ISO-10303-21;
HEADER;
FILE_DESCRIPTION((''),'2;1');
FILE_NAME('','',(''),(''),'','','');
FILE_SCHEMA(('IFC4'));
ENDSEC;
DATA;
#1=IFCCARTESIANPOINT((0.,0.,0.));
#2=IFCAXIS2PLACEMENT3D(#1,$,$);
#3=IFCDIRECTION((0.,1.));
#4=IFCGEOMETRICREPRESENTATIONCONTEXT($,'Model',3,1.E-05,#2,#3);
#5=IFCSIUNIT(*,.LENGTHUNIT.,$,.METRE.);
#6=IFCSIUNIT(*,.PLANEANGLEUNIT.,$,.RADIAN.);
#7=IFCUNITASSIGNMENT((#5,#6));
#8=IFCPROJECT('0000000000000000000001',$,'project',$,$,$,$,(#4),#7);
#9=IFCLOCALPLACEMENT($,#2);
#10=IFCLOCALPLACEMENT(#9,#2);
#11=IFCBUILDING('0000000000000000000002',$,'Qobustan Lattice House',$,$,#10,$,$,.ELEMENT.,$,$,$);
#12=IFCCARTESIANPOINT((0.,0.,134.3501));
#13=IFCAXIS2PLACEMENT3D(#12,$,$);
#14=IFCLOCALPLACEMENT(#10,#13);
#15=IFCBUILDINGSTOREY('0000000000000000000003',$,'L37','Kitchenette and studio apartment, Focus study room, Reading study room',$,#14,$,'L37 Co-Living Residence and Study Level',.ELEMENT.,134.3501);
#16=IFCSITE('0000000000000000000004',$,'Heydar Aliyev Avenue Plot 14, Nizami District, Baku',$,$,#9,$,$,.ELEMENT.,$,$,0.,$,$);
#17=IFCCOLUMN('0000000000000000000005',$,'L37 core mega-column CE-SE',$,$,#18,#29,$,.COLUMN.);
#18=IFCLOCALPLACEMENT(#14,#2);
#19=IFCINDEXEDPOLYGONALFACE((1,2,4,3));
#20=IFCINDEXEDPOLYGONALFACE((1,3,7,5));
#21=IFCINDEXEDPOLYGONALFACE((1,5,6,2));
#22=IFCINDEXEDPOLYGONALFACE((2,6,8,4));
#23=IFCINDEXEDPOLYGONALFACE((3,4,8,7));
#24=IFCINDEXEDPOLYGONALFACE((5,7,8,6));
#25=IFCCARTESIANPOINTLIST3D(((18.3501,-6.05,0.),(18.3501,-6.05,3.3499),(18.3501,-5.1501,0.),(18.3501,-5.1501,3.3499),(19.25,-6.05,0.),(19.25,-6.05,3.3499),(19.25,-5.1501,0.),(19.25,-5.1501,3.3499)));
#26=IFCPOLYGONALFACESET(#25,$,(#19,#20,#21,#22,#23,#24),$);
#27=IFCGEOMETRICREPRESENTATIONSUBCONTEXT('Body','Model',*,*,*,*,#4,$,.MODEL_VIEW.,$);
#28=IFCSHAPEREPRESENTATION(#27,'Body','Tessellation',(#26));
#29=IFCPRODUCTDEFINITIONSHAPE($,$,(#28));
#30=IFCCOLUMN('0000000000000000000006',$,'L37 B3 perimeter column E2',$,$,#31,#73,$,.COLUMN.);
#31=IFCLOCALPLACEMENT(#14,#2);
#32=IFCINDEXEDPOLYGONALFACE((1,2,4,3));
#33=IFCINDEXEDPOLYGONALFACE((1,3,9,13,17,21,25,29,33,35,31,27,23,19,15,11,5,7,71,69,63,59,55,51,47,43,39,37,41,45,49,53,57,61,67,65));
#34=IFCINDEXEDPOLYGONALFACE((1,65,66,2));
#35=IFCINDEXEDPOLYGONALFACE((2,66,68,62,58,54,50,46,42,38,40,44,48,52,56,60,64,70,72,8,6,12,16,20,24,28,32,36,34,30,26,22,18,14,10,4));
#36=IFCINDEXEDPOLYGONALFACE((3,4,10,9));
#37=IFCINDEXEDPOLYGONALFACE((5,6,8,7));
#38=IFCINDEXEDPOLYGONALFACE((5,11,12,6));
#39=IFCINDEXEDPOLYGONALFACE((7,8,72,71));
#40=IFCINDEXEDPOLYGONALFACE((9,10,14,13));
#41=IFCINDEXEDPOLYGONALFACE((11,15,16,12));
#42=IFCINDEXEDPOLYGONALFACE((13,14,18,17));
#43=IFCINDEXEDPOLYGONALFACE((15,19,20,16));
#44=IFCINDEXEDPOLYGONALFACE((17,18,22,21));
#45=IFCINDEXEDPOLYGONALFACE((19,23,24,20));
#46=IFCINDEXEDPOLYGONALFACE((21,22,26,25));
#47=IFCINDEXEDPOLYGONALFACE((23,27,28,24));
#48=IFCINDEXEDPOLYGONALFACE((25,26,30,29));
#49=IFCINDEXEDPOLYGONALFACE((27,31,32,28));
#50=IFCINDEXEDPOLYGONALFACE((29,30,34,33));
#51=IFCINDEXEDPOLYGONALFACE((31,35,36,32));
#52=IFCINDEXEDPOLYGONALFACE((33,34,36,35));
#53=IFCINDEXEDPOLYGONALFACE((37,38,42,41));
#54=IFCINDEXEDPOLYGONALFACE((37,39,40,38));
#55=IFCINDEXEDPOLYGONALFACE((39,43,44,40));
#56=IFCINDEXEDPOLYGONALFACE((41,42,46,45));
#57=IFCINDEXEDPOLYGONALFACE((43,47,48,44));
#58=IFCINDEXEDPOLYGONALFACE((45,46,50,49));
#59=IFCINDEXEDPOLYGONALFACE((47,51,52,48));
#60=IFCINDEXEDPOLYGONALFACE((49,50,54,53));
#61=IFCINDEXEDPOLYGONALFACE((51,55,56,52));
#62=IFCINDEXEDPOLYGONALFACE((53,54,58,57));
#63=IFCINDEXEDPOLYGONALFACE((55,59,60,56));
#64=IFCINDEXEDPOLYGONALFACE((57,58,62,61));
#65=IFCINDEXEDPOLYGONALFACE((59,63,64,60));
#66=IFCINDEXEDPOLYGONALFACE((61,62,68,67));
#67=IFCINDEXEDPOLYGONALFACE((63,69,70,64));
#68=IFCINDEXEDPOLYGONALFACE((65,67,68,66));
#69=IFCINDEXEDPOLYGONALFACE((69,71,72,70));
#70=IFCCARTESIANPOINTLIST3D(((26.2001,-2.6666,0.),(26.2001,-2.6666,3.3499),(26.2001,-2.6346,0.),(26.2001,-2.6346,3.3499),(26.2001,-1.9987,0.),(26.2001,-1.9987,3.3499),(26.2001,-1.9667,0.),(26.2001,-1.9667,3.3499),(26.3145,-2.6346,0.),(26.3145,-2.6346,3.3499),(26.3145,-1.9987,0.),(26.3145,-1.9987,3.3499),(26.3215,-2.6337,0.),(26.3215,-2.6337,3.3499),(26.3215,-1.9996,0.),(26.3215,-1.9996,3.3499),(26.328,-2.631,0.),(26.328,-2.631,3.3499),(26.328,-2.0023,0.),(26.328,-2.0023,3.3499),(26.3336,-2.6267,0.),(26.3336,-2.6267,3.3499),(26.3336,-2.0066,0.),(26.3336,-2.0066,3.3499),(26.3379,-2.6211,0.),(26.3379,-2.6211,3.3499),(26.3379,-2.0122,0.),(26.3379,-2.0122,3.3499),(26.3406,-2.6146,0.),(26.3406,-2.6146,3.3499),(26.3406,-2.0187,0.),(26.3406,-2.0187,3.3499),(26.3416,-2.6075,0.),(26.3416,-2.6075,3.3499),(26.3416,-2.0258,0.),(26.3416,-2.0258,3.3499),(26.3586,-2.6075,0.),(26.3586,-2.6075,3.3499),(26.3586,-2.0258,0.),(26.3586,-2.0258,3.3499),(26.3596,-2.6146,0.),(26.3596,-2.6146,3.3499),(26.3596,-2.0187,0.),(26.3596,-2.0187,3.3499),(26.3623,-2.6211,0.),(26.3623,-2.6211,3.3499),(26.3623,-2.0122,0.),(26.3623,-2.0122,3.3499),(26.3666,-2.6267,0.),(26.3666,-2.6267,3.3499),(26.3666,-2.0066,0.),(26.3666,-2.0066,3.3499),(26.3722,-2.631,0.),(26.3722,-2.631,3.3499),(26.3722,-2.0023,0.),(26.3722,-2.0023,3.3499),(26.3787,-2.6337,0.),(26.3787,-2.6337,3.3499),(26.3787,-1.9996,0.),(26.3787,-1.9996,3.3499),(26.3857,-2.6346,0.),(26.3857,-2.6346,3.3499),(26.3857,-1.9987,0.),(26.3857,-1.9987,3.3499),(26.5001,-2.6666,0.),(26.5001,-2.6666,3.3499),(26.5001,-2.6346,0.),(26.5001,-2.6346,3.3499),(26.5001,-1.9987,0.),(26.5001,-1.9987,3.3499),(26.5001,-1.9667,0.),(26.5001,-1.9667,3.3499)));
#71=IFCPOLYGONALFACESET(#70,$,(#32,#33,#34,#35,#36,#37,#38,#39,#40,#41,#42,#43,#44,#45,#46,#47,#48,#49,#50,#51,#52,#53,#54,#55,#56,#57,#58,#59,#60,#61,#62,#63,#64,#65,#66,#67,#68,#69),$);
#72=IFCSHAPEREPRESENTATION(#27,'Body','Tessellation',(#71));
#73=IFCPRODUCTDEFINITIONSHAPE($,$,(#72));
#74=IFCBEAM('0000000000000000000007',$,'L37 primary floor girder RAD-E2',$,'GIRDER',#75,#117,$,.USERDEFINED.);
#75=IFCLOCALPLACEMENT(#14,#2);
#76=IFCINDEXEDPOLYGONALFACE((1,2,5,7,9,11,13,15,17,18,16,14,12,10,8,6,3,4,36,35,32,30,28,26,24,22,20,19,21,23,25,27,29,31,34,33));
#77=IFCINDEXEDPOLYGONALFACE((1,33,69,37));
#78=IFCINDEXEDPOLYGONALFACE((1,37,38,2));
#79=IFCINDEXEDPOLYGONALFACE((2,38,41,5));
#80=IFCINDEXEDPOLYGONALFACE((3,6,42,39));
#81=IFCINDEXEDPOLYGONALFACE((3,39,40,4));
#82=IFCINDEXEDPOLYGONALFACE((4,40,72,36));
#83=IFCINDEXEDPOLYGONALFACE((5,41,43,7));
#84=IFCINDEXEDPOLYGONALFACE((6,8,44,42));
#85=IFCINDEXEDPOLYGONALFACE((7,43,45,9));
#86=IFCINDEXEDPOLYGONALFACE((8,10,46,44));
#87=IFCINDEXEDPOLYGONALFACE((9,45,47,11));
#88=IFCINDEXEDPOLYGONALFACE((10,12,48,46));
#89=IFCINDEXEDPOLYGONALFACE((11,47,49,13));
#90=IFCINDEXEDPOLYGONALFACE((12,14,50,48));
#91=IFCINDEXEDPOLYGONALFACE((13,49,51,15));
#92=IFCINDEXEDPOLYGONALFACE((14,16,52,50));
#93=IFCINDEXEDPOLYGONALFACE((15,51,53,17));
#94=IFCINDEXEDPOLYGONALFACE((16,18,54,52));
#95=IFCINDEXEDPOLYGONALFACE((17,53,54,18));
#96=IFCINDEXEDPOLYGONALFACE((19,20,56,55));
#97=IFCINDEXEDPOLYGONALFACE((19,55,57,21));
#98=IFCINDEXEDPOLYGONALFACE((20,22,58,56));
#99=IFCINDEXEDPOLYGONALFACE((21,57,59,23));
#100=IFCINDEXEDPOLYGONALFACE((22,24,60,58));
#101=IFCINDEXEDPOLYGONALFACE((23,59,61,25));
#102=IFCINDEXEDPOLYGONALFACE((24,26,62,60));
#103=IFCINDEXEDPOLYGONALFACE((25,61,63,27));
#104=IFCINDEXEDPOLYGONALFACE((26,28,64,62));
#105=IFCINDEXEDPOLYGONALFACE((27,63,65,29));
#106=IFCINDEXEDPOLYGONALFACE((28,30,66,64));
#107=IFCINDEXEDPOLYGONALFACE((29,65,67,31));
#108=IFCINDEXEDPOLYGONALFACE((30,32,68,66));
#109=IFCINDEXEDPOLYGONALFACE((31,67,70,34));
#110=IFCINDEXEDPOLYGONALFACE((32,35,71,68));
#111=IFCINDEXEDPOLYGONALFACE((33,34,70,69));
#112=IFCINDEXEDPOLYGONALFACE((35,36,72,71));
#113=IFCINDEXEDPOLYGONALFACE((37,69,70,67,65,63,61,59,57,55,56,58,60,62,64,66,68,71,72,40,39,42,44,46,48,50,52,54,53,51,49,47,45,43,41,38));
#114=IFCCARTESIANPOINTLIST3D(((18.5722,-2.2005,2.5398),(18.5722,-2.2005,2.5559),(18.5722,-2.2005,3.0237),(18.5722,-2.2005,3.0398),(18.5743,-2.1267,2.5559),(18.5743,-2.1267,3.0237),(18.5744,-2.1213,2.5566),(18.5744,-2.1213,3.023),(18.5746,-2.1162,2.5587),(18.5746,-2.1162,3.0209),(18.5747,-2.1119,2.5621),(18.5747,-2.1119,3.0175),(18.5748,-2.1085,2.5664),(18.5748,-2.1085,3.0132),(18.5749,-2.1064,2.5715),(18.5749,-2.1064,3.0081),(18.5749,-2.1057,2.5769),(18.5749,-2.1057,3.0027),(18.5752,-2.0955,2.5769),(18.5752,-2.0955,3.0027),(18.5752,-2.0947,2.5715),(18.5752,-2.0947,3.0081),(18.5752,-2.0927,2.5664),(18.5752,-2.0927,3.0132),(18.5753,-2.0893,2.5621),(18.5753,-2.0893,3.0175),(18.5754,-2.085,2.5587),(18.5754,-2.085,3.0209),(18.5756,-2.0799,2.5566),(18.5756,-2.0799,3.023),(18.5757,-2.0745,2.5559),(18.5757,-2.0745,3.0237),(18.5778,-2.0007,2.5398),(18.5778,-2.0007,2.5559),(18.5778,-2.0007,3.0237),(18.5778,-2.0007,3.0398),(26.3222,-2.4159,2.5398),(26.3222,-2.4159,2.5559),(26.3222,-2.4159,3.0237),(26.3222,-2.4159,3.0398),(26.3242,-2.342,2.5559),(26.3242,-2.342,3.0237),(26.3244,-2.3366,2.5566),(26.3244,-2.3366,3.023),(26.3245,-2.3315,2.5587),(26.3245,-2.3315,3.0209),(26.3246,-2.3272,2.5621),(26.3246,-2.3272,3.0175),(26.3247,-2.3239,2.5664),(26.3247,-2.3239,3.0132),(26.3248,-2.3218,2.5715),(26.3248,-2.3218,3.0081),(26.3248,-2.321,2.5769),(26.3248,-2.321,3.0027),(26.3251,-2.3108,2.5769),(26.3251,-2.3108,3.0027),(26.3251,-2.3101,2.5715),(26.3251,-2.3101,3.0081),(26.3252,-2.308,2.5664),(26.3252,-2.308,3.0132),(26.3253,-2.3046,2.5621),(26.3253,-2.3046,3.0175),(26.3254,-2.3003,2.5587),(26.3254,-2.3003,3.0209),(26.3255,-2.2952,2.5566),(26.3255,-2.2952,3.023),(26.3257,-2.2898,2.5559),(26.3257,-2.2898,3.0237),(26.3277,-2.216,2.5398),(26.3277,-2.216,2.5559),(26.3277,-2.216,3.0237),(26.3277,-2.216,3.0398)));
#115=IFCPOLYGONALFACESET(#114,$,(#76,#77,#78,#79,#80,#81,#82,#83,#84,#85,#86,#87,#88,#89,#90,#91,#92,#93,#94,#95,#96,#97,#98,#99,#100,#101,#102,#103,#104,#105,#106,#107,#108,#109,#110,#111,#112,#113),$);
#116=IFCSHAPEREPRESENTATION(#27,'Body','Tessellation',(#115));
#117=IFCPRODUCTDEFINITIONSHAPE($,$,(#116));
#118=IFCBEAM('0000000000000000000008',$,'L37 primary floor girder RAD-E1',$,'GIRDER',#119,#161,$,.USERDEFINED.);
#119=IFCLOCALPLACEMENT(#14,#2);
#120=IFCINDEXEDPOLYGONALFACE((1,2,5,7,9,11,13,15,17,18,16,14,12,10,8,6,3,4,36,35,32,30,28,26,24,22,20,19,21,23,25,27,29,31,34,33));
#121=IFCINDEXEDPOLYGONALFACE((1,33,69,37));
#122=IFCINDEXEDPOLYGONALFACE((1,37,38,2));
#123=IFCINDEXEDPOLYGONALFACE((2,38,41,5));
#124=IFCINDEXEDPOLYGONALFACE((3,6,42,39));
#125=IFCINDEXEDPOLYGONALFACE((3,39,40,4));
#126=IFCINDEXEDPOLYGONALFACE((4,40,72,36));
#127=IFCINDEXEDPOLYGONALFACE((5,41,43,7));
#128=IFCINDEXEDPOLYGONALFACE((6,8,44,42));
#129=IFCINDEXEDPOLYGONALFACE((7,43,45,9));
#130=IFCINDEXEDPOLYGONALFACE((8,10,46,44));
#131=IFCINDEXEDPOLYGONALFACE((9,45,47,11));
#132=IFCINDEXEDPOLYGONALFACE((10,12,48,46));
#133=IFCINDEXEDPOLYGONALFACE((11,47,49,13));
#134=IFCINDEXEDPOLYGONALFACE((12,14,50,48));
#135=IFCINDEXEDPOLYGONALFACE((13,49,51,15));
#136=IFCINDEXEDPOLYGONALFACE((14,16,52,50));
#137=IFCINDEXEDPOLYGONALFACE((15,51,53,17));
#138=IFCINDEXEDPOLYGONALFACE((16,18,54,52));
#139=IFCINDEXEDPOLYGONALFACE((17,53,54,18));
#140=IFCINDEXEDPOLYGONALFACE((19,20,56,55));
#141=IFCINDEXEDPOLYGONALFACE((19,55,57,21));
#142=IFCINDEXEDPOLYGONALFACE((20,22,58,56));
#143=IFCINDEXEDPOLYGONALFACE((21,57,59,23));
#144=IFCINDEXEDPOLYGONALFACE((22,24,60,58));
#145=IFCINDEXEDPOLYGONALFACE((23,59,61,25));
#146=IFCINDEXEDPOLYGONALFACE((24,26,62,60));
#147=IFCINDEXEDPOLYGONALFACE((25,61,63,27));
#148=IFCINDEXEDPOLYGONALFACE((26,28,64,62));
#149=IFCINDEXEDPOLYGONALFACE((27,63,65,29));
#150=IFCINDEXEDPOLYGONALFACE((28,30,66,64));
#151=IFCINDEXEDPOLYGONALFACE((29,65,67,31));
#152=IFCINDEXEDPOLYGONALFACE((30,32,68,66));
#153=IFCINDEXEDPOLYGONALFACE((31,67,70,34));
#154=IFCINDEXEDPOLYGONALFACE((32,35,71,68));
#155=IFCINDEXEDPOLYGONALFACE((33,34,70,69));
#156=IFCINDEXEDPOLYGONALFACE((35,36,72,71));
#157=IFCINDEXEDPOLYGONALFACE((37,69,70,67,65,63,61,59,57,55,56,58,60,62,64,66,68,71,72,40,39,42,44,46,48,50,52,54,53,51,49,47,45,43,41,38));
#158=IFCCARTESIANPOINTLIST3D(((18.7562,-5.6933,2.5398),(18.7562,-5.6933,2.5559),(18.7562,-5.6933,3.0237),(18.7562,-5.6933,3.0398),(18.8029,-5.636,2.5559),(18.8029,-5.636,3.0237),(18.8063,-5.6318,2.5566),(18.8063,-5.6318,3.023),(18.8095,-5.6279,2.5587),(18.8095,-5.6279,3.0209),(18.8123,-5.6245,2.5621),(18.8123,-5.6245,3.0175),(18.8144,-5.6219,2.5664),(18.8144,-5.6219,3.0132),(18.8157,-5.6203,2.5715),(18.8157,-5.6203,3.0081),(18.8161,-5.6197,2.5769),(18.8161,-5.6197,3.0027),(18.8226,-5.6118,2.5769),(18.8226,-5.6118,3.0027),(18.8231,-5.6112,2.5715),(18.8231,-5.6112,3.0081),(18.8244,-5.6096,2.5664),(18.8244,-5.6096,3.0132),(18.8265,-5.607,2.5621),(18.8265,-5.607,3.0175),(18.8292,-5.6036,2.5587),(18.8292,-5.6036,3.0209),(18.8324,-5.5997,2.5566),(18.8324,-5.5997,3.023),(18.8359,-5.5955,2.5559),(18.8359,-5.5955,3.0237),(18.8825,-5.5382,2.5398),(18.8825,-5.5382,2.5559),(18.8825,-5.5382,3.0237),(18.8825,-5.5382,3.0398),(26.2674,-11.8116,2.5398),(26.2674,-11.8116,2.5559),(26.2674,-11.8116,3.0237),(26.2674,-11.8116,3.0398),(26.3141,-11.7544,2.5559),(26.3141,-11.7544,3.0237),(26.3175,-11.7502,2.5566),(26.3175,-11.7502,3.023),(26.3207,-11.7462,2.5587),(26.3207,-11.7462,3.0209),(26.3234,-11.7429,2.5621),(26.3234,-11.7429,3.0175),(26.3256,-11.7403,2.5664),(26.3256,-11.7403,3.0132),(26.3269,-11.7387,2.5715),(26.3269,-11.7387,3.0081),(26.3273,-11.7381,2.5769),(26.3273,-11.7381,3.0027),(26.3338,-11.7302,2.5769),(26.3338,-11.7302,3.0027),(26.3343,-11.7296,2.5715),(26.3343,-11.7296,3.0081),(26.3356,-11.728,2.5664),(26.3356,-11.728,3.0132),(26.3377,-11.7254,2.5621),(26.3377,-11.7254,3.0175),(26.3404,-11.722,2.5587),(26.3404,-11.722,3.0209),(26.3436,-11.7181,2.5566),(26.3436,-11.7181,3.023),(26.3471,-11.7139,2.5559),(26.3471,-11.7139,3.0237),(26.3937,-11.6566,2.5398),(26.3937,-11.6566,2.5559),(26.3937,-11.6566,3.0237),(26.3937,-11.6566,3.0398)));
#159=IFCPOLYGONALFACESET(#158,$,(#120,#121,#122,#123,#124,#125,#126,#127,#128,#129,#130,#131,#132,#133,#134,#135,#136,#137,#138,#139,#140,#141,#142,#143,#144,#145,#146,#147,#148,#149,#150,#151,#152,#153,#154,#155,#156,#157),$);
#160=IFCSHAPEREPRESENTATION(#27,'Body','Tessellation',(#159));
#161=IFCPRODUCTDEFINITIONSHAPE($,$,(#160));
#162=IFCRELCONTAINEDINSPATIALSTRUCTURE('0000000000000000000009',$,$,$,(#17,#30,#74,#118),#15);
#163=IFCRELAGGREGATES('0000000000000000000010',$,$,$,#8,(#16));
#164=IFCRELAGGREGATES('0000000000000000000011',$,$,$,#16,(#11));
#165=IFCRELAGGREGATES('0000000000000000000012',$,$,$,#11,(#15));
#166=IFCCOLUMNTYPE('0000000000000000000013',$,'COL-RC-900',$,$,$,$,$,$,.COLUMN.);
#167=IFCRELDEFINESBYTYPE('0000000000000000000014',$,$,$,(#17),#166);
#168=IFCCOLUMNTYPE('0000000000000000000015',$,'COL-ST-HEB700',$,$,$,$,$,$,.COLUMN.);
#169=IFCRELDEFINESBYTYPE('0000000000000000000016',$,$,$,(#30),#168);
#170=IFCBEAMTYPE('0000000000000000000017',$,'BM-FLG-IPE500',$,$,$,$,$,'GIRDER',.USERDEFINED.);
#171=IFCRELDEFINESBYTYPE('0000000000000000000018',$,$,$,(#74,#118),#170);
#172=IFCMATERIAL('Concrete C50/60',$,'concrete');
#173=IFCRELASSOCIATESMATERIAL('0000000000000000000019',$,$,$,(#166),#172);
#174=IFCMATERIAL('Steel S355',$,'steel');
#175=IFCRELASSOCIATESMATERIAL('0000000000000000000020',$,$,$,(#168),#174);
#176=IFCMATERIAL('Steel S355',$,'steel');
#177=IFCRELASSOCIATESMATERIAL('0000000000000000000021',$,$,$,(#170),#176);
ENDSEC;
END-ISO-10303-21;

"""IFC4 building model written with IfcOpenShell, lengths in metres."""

from ifc_helpers import new_model, si_unit, direction, frame, origin, origin_2d, place, context, subcontext, project, spatial, rectangle, i_section, extrude, material, material_profile, profile_set, type_object, element, save


model = new_model("IFC4")

# Units and contexts
model_context = context("Model", 3, precision=1e-05, world=origin(), true_north=direction((0.0, 1.0)))
body_context = subcontext(model_context, "Body", "Model", "MODEL_VIEW")
ifc_project = project(units=[si_unit("LENGTHUNIT", "METRE"), si_unit("PLANEANGLEUNIT", "RADIAN")], contexts=[model_context])

# Site, building, storey
site_placement = place(None, origin())
site = spatial("IfcSite", under=ifc_project, at=site_placement, Name="Heydar Aliyev Avenue Plot 14, Nizami District, Baku", CompositionType="ELEMENT", RefElevation=0.0)
building_placement = place(site_placement, origin())
building = spatial("IfcBuilding", under=site, at=building_placement, Name="Qobustan Lattice House", CompositionType="ELEMENT")
storey_placement = place(building_placement, frame((0.0, 0.0, 134.3501)))
storey = spatial("IfcBuildingStorey", under=building, at=storey_placement, Name="L37", Description="Kitchenette and studio apartment, Focus study room, Reading study room", LongName="L37 Co-Living Residence and Study Level", CompositionType="ELEMENT", Elevation=134.3501)

# Columns
ifc_material_1 = material(Name="Concrete C50/60", Category="concrete")
ifc_material_profile_1 = material_profile(ifc_material_1, rectangle(XDim=0.8999, YDim=0.8999, at=origin_2d()), Name="RC900x900")
ifc_profile_set_1 = profile_set([ifc_material_profile_1], Name="Concrete C50/60")
column_type_1 = type_object("IfcColumnType", Name="COL-RC-900", PredefinedType="COLUMN", material=ifc_profile_set_1)
column_1_placement = place(storey_placement, frame((18.8, -5.6001, 0.0), z_axis=(0.0, 0.0, 1.0), x_axis=(1.0, 0.0, 0.0)))
element("IfcColumn", 1, at=column_1_placement, inside=storey, type_object=column_type_1, Name="L37 core mega-column CE-SE", PredefinedType="COLUMN", context=body_context, shape_type="SweptSolid", body=[
    extrude(rectangle(XDim=0.8999, YDim=0.8999, at=origin_2d()), origin(), (0.0, 0.0, 1.0), 3.3499),
])
ifc_material_2 = material(Name="Steel S355", Category="steel")
ifc_material_profile_2 = material_profile(ifc_material_2, i_section(OverallWidth=0.3, OverallDepth=0.7, WebThickness=0.0171, FlangeThickness=0.032, FilletRadius=0.0271, at=origin_2d()), Name="HEB700")
ifc_profile_set_2 = profile_set([ifc_material_profile_2], Name="Steel S355")
column_type_2 = type_object("IfcColumnType", Name="COL-ST-HEB700", PredefinedType="COLUMN", material=ifc_profile_set_2)
column_2_placement = place(storey_placement, frame((26.3501, -2.3167, 0.0), z_axis=(0.0, 0.0, 1.0), x_axis=(1.0, 0.0, 0.0)))
element("IfcColumn", 2, at=column_2_placement, inside=storey, type_object=column_type_2, Name="L37 B3 perimeter column E2", PredefinedType="COLUMN", context=body_context, shape_type="SweptSolid", body=[
    extrude(i_section(OverallWidth=0.3, OverallDepth=0.7, WebThickness=0.0171, FlangeThickness=0.032, FilletRadius=0.0271, at=origin_2d()), origin(), (0.0, 0.0, 1.0), 3.3499),
])

# Beams
ifc_material_3 = material(Name="Steel S355", Category="steel")
ifc_material_profile_3 = material_profile(ifc_material_3, i_section(OverallWidth=0.2, OverallDepth=0.5, WebThickness=0.0103, FlangeThickness=0.0161, FilletRadius=0.021, at=origin_2d()), Name="IPE500")
ifc_profile_set_3 = profile_set([ifc_material_profile_3], Name="Steel S355")
beam_type_1 = type_object("IfcBeamType", Name="BM-FLG-IPE500", ElementType="GIRDER", PredefinedType="USERDEFINED", material=ifc_profile_set_3)
beam_1_placement = place(storey_placement, frame((26.325, -2.3159, 2.7898), z_axis=(-0.999614, 0.027774, 0.0), x_axis=(-0.027774, -0.999614, 0.0)))
element("IfcBeam", 3, at=beam_1_placement, inside=storey, type_object=beam_type_1, Name="L37 primary floor girder RAD-E2", ObjectType="GIRDER", PredefinedType="USERDEFINED", context=body_context, shape_type="SweptSolid", body=[
    extrude(i_section(OverallWidth=0.2, OverallDepth=0.5, WebThickness=0.0103, FlangeThickness=0.0161, FilletRadius=0.021, at=origin_2d()), origin(), (0.0, 0.0, 1.0), 7.7529),
])
beam_2_placement = place(storey_placement, frame((26.3306, -11.7341, 2.7898), z_axis=(-0.775329, 0.631558, 0.0), x_axis=(-0.631558, -0.775329, 0.0)))
element("IfcBeam", 4, at=beam_2_placement, inside=storey, type_object=beam_type_1, Name="L37 primary floor girder RAD-E1", ObjectType="GIRDER", PredefinedType="USERDEFINED", context=body_context, shape_type="SweptSolid", body=[
    extrude(i_section(OverallWidth=0.2, OverallDepth=0.5, WebThickness=0.0103, FlangeThickness=0.0161, FilletRadius=0.021, at=origin_2d()), origin(), (0.0, 0.0, 1.0), 9.6877),
])

save(model, "model.ifc")
